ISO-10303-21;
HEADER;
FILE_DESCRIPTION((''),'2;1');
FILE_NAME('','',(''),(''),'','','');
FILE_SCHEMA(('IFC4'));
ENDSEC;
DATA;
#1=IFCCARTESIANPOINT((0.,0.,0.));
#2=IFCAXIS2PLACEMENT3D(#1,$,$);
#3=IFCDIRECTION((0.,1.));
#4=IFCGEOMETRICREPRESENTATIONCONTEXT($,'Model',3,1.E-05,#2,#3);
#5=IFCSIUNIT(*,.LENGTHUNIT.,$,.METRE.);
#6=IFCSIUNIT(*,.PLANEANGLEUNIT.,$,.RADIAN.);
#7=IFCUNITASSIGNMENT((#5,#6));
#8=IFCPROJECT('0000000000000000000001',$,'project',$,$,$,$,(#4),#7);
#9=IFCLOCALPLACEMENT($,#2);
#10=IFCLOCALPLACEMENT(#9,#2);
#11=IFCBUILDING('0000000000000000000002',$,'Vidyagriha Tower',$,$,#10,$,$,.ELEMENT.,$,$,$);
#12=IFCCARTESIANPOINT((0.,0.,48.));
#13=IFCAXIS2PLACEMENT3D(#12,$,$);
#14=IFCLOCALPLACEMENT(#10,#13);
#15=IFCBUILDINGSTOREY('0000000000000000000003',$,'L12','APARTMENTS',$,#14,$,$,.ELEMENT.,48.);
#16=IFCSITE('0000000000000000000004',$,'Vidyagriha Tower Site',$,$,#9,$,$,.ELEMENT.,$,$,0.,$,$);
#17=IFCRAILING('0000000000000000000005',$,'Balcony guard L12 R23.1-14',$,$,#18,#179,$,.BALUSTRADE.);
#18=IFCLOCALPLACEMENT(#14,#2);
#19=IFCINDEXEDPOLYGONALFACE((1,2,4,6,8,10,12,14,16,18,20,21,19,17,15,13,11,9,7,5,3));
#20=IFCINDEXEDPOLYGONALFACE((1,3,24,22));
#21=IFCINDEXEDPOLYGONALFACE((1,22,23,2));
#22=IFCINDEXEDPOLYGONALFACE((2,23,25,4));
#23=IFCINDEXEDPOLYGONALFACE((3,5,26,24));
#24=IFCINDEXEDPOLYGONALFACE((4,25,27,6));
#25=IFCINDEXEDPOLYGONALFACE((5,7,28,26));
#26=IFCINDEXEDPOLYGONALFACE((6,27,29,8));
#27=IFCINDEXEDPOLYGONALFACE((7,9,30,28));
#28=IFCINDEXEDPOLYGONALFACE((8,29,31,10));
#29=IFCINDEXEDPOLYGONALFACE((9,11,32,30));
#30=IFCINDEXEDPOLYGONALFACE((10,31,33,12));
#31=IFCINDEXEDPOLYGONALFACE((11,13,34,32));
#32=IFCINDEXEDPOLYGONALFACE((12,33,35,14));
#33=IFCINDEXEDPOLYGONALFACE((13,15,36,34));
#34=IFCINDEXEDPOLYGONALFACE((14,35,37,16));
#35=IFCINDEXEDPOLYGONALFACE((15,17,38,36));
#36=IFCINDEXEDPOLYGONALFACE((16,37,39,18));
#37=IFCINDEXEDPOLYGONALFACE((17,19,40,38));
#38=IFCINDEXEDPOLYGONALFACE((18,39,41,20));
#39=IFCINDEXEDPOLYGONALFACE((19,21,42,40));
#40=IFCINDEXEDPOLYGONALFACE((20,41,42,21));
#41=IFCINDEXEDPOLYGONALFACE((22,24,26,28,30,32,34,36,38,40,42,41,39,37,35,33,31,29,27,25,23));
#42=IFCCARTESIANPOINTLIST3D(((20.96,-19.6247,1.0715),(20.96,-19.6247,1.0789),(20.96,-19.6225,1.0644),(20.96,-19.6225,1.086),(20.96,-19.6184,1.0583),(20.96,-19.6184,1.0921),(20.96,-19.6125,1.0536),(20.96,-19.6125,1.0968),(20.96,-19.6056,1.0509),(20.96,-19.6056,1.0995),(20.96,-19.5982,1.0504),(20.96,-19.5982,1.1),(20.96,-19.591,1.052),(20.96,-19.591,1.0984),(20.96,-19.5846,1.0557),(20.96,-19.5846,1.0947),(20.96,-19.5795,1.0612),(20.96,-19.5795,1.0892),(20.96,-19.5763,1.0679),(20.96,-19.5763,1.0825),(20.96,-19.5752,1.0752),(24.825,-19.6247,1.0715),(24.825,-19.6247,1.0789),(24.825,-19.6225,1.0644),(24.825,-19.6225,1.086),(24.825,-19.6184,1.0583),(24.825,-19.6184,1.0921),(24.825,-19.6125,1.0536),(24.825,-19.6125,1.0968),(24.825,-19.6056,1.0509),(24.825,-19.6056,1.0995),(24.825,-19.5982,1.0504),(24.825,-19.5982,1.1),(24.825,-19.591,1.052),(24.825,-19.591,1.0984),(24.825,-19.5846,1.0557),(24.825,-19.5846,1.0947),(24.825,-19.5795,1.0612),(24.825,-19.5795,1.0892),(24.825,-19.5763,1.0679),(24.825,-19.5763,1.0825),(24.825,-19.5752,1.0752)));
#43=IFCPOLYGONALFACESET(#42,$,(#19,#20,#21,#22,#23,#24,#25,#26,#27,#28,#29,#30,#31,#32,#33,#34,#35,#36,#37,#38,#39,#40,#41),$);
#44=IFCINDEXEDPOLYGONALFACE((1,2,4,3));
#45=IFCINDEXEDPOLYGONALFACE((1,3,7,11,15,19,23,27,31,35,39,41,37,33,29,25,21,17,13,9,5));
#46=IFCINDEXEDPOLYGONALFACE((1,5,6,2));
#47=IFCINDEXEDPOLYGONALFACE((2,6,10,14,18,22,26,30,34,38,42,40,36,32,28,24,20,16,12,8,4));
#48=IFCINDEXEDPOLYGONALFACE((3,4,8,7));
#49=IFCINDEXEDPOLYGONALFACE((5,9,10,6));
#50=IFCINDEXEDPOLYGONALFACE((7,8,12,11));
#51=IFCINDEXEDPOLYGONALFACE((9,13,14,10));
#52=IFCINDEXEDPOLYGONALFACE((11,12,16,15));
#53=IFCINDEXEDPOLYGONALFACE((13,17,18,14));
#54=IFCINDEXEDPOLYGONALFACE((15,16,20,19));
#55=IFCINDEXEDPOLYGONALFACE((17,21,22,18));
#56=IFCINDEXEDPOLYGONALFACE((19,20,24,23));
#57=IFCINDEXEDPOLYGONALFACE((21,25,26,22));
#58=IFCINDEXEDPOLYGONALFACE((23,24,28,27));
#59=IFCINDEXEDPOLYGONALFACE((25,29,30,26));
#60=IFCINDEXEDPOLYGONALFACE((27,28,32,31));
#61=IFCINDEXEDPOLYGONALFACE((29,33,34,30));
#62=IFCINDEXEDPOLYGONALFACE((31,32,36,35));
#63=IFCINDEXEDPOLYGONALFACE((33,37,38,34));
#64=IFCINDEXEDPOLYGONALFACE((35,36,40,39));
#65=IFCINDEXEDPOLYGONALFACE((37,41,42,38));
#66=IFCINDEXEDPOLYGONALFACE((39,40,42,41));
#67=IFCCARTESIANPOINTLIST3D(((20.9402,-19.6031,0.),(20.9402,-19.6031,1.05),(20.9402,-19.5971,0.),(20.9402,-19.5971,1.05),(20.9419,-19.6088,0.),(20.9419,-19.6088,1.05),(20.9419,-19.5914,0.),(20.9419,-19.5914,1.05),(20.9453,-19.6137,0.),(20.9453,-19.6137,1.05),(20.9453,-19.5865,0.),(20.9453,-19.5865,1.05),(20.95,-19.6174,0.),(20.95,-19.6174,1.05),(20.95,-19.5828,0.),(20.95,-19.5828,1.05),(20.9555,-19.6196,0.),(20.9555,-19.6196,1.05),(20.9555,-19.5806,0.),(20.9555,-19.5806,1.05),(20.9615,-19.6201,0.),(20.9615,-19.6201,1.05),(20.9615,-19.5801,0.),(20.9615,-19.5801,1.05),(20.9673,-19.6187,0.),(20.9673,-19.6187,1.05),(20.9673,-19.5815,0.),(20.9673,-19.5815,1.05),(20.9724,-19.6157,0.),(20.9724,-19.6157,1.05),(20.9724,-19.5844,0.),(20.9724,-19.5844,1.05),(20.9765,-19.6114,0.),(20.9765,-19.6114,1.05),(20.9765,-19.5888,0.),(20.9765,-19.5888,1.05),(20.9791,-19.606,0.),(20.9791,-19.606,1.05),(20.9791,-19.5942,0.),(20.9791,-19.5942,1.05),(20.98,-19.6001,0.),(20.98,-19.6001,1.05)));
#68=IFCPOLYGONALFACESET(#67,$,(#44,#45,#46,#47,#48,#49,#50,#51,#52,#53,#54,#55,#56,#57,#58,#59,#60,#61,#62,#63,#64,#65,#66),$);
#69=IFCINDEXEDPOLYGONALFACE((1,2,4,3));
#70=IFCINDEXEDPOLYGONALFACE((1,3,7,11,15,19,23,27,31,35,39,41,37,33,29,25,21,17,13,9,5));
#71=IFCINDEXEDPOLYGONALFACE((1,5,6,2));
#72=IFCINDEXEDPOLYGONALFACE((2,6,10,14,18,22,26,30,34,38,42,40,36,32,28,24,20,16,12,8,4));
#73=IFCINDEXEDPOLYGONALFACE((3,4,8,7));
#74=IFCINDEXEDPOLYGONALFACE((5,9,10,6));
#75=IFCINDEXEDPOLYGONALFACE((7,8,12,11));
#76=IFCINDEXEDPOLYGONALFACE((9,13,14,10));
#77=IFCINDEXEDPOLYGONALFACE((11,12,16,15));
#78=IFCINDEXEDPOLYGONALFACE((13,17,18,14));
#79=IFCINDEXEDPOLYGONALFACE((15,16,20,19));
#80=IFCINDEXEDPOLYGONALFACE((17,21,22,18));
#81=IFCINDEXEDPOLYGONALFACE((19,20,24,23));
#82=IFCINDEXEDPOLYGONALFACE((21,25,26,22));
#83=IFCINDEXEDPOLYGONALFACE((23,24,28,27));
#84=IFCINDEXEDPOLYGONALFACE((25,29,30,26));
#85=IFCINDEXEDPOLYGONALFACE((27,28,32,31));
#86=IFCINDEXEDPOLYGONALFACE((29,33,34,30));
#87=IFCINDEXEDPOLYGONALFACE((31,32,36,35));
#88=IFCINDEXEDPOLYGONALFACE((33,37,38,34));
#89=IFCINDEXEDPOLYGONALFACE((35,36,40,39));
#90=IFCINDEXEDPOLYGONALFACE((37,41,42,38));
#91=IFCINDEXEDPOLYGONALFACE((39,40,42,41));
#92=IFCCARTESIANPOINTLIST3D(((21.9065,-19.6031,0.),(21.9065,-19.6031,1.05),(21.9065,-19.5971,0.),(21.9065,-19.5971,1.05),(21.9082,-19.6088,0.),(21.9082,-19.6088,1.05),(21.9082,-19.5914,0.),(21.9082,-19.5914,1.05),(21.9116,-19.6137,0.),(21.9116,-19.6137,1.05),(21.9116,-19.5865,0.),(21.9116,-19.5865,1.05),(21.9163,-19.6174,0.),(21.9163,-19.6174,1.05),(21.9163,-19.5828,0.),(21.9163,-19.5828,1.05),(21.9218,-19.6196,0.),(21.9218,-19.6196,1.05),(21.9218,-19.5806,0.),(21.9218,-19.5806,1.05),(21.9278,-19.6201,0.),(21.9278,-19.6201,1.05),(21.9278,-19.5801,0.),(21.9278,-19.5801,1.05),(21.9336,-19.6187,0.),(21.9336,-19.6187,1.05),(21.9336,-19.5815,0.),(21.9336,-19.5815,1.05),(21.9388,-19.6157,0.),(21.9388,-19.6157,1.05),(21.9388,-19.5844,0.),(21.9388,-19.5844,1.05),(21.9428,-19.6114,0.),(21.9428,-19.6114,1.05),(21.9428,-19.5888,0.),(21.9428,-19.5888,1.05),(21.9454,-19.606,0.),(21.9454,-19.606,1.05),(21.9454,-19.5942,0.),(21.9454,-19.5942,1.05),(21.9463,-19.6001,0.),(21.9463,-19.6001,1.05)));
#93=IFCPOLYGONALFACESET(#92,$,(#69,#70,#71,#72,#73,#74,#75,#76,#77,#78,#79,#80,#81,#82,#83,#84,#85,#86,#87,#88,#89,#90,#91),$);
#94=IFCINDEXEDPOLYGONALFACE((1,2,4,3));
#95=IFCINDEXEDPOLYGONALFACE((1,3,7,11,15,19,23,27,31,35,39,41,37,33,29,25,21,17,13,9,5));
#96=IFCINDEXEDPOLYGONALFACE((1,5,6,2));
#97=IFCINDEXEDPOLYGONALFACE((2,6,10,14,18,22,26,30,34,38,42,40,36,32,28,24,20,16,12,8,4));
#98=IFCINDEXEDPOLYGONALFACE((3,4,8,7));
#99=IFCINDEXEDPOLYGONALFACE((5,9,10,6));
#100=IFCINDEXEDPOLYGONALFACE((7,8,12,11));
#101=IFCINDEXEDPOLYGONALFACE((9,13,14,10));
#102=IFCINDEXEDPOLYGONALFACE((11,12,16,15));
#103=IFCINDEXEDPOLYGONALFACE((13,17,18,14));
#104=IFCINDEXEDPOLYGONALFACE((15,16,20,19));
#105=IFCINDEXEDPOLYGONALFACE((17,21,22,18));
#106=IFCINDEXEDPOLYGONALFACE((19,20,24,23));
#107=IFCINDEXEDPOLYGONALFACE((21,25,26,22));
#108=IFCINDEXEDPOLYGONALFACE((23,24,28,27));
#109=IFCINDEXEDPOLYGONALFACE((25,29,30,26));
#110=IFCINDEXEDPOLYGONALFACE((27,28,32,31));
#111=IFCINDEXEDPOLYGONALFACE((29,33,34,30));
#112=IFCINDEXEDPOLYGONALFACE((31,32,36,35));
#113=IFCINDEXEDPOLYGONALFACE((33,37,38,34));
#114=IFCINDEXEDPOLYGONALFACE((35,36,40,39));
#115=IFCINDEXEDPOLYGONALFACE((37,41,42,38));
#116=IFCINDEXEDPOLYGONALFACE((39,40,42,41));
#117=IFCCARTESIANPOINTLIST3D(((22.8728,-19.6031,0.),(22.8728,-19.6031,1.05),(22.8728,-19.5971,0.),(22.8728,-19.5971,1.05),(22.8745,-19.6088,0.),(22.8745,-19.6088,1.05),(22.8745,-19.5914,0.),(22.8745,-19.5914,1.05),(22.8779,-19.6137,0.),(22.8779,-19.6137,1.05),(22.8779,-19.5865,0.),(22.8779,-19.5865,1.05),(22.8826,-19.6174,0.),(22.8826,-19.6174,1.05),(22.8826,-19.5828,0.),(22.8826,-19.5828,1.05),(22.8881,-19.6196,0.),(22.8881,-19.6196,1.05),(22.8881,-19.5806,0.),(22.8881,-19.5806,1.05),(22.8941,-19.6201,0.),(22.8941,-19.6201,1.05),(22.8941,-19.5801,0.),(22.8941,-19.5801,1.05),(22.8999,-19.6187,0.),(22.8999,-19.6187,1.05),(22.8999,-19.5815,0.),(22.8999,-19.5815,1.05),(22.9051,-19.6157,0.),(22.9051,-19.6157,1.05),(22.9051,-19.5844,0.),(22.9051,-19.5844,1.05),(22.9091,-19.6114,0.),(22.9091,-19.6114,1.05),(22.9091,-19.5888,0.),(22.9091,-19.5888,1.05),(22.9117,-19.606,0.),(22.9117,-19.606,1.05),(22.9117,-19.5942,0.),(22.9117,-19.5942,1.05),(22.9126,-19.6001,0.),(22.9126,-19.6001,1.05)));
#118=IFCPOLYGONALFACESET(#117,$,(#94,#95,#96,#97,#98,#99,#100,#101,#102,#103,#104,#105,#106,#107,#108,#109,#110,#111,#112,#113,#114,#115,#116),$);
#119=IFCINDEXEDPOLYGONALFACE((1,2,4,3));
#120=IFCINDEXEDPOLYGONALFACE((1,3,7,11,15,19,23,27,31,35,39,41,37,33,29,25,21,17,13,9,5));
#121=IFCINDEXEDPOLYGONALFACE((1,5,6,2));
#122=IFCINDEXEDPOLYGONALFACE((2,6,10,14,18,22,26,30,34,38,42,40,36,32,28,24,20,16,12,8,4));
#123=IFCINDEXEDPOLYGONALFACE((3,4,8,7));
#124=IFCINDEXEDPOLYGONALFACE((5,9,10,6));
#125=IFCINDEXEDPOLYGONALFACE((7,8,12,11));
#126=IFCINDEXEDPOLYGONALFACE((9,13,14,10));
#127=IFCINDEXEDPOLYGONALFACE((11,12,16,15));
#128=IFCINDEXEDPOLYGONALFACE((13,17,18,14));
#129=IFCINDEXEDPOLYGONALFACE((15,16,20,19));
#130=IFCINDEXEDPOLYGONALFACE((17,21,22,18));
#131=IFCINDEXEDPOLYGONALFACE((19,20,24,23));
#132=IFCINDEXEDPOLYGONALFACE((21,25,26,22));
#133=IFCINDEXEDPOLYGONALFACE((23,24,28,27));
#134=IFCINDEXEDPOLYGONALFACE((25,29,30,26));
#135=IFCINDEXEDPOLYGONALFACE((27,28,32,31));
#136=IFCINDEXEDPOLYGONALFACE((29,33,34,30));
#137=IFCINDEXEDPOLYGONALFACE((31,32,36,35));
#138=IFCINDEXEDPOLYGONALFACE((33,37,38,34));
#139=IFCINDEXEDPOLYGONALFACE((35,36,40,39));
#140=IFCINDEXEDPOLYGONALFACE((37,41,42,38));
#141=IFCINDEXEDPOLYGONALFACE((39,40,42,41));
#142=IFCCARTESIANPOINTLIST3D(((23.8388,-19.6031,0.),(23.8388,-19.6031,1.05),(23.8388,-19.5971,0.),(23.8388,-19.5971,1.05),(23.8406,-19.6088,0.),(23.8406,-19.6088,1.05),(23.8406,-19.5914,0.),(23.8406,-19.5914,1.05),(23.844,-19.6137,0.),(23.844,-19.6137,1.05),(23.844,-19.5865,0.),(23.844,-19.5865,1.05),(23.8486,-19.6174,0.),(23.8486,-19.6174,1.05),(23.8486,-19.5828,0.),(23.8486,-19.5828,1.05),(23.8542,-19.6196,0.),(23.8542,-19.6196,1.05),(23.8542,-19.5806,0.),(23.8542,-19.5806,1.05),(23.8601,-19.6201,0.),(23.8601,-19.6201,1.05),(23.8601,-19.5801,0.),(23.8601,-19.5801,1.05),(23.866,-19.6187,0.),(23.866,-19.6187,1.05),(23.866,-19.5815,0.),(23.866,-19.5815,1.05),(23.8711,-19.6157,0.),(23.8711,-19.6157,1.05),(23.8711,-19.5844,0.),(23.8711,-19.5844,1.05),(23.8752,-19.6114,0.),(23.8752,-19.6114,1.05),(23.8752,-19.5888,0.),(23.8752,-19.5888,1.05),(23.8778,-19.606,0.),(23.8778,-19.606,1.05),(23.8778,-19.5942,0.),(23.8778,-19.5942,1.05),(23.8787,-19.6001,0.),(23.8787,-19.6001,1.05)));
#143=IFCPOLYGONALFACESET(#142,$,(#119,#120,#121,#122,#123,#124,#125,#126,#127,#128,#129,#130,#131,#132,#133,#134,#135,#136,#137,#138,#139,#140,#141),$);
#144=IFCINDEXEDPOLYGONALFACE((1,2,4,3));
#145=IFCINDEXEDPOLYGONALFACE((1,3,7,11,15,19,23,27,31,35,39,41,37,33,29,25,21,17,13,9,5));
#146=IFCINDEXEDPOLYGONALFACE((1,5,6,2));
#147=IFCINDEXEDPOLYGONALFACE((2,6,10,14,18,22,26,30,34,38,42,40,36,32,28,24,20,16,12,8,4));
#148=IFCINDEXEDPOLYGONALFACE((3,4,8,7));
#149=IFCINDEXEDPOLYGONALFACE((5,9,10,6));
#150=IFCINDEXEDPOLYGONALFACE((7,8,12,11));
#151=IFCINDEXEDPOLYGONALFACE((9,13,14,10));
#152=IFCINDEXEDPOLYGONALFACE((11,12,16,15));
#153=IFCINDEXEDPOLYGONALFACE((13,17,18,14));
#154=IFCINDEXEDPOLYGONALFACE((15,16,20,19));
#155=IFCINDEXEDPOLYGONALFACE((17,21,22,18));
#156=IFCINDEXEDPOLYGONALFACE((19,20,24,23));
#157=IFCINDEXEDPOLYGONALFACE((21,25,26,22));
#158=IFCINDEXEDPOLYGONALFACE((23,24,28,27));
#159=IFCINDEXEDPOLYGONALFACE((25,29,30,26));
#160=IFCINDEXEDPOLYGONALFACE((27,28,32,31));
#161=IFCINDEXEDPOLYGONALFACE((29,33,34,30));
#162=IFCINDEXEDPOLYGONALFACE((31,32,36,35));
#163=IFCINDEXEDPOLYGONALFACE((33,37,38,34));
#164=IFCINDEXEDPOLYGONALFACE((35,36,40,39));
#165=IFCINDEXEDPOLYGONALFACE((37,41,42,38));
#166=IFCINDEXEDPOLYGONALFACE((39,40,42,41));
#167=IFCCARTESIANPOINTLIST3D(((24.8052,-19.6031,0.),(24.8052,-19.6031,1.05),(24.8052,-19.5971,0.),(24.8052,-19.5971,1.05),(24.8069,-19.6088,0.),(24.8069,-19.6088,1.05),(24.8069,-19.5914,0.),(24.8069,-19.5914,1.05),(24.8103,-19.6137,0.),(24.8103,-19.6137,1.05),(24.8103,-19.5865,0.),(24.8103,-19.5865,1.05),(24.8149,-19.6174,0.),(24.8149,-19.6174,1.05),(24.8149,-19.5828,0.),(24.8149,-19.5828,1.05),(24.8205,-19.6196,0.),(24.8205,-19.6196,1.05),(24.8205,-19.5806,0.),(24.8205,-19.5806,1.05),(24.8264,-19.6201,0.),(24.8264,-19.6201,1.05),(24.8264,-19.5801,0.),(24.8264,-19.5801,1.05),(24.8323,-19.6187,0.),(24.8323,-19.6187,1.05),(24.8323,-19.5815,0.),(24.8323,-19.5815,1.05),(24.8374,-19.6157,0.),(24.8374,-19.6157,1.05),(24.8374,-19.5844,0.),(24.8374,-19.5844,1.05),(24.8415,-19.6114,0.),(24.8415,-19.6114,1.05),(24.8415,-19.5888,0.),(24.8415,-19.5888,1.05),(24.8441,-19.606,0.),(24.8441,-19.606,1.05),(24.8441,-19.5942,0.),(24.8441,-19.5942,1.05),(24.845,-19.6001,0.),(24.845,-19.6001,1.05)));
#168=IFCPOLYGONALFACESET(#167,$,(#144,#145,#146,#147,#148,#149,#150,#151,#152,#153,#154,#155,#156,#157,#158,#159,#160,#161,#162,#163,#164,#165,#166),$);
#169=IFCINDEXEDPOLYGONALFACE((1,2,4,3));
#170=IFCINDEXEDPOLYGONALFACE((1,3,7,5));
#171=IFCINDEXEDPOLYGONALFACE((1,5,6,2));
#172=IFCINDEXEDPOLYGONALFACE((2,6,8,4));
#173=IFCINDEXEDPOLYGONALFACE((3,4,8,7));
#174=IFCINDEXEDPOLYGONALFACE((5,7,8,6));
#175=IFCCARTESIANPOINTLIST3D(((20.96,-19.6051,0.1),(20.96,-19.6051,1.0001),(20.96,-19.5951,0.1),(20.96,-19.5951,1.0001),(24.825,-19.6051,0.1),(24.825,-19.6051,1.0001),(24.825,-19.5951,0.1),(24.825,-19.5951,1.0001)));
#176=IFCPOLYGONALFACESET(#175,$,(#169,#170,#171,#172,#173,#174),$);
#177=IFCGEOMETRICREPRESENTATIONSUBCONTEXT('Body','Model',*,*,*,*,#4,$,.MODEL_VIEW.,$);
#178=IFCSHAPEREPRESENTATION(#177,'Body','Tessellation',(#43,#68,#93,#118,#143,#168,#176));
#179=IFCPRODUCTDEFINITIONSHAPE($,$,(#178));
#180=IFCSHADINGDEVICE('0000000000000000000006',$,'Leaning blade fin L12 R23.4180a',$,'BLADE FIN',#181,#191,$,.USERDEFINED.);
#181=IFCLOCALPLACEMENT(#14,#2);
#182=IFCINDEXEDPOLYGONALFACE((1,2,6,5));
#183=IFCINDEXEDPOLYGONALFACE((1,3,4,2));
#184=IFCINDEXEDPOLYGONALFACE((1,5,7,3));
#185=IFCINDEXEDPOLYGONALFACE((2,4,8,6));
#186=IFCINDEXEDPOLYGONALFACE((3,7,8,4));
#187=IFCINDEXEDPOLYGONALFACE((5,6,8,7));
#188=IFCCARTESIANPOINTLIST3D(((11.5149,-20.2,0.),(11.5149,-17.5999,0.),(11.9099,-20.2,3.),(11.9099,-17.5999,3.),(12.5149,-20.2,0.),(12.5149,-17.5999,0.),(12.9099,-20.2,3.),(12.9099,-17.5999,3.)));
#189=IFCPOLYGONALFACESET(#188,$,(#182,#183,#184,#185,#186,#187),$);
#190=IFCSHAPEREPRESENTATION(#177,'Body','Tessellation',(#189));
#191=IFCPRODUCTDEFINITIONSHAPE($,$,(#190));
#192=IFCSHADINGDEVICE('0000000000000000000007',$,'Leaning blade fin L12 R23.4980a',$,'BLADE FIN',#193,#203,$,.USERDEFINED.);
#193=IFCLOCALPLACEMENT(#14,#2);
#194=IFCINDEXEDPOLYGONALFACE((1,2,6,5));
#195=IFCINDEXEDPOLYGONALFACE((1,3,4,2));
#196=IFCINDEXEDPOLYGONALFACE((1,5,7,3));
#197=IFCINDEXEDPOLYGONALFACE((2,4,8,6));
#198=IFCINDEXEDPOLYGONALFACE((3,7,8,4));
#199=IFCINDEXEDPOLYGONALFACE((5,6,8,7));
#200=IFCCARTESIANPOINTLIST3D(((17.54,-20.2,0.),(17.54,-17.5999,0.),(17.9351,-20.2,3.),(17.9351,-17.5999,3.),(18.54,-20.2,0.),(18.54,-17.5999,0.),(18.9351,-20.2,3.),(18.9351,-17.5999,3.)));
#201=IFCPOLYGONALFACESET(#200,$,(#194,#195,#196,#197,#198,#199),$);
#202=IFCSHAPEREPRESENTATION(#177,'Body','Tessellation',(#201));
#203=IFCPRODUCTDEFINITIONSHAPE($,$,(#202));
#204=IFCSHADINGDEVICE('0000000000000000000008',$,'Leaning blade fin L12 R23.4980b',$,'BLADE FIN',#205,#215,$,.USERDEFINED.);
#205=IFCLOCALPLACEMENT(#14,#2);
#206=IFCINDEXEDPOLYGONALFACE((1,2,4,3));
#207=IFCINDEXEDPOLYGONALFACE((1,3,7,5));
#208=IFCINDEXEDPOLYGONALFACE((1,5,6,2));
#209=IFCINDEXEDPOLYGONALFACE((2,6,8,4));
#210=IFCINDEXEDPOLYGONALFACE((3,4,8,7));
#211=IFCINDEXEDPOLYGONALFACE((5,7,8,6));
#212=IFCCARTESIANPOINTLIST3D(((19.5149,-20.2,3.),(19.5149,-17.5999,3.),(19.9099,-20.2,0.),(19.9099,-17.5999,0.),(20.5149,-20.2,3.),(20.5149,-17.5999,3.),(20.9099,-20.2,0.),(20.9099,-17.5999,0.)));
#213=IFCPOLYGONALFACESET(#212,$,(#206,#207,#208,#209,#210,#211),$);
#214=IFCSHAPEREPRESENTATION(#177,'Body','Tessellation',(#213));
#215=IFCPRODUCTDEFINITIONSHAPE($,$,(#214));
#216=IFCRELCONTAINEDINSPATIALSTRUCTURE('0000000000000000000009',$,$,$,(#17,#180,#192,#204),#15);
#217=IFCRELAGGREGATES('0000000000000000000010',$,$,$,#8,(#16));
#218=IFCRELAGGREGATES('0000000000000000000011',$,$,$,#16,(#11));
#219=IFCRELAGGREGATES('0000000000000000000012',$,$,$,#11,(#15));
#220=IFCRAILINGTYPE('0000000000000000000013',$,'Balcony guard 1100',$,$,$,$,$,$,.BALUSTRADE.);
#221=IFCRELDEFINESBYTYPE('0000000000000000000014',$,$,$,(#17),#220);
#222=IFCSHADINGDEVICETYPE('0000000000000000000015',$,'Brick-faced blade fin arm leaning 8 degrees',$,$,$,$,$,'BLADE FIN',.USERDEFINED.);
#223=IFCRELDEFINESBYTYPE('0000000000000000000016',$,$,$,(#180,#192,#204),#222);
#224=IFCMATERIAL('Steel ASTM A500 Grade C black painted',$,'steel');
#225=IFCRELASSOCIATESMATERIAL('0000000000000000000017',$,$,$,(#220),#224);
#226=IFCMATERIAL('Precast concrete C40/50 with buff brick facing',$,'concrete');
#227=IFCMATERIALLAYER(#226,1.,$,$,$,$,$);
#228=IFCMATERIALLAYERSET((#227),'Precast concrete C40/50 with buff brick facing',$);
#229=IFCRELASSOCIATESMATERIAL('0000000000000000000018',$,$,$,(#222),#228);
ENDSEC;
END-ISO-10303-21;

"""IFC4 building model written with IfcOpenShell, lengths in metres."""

from ifc_helpers import new_model, si_unit, direction, frame, origin, origin_2d, place, context, subcontext, project, spatial, polyline, rectangle, circle, outline, extrude, material, layer, layer_set, type_object, element, save


model = new_model("IFC4")

# Units and contexts
model_context = context("Model", 3, precision=1e-05, world=origin(), true_north=direction((0.0, 1.0)))
body_context = subcontext(model_context, "Body", "Model", "MODEL_VIEW")
ifc_project = project(units=[si_unit("LENGTHUNIT", "METRE"), si_unit("PLANEANGLEUNIT", "RADIAN")], contexts=[model_context])

# Site, building, storey
site_placement = place(None, origin())
site = spatial("IfcSite", under=ifc_project, at=site_placement, Name="Vidyagriha Tower Site", CompositionType="ELEMENT", RefElevation=0.0)
building_placement = place(site_placement, origin())
building = spatial("IfcBuilding", under=site, at=building_placement, Name="Vidyagriha Tower", CompositionType="ELEMENT")
storey_placement = place(building_placement, frame((0.0, 0.0, 48.0)))
storey = spatial("IfcBuildingStorey", under=building, at=storey_placement, Name="L12", Description="APARTMENTS", CompositionType="ELEMENT", Elevation=48.0)

# Railing
ifc_material_1 = material(Name="Steel ASTM A500 Grade C black painted", Category="steel")
railing_type = type_object("IfcRailingType", Name="Balcony guard 1100", PredefinedType="BALUSTRADE", material=ifc_material_1)
railing_1_placement = place(storey_placement, frame((20.96, -19.6001, 0.0)))
element("IfcRailing", 1, at=railing_1_placement, inside=storey, type_object=railing_type, Name="Balcony guard L12 R23.1-14", PredefinedType="BALUSTRADE", context=body_context, shape_type="SweptSolid", body=[
    extrude(circle(Radius=0.0249, at=origin_2d()), frame((0.0, 0.0, 1.0752), z_axis=(1.0, 0.0, 0.0), x_axis=(0.0, 1.0, 0.0)), (0.0, 0.0, 1.0), 3.865),
    extrude(circle(Radius=0.02, at=origin_2d()), origin(), (0.0, 0.0, 1.0), 1.05),
    extrude(circle(Radius=0.02, at=origin_2d()), frame((0.9663, 0.0, 0.0)), (0.0, 0.0, 1.0), 1.05),
    extrude(circle(Radius=0.02, at=origin_2d()), frame((1.9326, 0.0, 0.0)), (0.0, 0.0, 1.0), 1.05),
    extrude(circle(Radius=0.02, at=origin_2d()), frame((2.8987, 0.0, 0.0)), (0.0, 0.0, 1.0), 1.05),
    extrude(circle(Radius=0.02, at=origin_2d()), frame((3.865, 0.0, 0.0)), (0.0, 0.0, 1.0), 1.05),
    extrude(rectangle(XDim=0.01, YDim=0.9001, at=origin_2d()), frame((0.0, 0.0, 0.55), z_axis=(1.0, 0.0, 0.0), x_axis=(0.0, 1.0, 0.0)), (0.0, 0.0, 1.0), 3.865),
])

# Shading devices
ifc_material_2 = material(Name="Precast concrete C40/50 with buff brick facing", Category="concrete")
ifc_layer_1 = layer(ifc_material_2, 1.0)
ifc_layer_set_1 = layer_set([ifc_layer_1], Name="Precast concrete C40/50 with buff brick facing")
shading_device_type = type_object("IfcShadingDeviceType", Name="Brick-faced blade fin arm leaning 8 degrees", ElementType="BLADE FIN", PredefinedType="USERDEFINED", material=ifc_layer_set_1)
for number, where, name in (
    (2, (11.5149, -18.8999, 0.0), "Leaning blade fin L12 R23.4180a"),
    (3, (17.54, -18.8999, 0.0), "Leaning blade fin L12 R23.4980a"),
):
    element("IfcShadingDevice", number, at=place(storey_placement, frame(where)), inside=storey, type_object=shading_device_type, Name=name, ObjectType="BLADE FIN", PredefinedType="USERDEFINED", context=body_context, shape_type="SweptSolid", body=[
        extrude(outline(polyline([(0.0, 0.0), (1.0, 0.0), (1.395, 3.0), (0.395, 3.0), (0.0, 0.0)])), frame((0.0, 1.3, 0.0), z_axis=(0.0, -1.0, 0.0), x_axis=(1.0, 0.0, 0.0)), (0.0, 0.0, 1.0), 2.6001),
    ])
shading_device_placement = place(storey_placement, frame((19.5149, -18.8999, 0.0)))
element("IfcShadingDevice", 4, at=shading_device_placement, inside=storey, type_object=shading_device_type, Name="Leaning blade fin L12 R23.4980b", ObjectType="BLADE FIN", PredefinedType="USERDEFINED", context=body_context, shape_type="SweptSolid", body=[
    extrude(outline(polyline([(0.395, 0.0), (1.395, 0.0), (1.0, 3.0), (0.0, 3.0), (0.395, 0.0)])), frame((0.0, 1.3, 0.0), z_axis=(0.0, -1.0, 0.0), x_axis=(1.0, 0.0, 0.0)), (0.0, 0.0, 1.0), 2.6001),
])

save(model, "model.ifc")
